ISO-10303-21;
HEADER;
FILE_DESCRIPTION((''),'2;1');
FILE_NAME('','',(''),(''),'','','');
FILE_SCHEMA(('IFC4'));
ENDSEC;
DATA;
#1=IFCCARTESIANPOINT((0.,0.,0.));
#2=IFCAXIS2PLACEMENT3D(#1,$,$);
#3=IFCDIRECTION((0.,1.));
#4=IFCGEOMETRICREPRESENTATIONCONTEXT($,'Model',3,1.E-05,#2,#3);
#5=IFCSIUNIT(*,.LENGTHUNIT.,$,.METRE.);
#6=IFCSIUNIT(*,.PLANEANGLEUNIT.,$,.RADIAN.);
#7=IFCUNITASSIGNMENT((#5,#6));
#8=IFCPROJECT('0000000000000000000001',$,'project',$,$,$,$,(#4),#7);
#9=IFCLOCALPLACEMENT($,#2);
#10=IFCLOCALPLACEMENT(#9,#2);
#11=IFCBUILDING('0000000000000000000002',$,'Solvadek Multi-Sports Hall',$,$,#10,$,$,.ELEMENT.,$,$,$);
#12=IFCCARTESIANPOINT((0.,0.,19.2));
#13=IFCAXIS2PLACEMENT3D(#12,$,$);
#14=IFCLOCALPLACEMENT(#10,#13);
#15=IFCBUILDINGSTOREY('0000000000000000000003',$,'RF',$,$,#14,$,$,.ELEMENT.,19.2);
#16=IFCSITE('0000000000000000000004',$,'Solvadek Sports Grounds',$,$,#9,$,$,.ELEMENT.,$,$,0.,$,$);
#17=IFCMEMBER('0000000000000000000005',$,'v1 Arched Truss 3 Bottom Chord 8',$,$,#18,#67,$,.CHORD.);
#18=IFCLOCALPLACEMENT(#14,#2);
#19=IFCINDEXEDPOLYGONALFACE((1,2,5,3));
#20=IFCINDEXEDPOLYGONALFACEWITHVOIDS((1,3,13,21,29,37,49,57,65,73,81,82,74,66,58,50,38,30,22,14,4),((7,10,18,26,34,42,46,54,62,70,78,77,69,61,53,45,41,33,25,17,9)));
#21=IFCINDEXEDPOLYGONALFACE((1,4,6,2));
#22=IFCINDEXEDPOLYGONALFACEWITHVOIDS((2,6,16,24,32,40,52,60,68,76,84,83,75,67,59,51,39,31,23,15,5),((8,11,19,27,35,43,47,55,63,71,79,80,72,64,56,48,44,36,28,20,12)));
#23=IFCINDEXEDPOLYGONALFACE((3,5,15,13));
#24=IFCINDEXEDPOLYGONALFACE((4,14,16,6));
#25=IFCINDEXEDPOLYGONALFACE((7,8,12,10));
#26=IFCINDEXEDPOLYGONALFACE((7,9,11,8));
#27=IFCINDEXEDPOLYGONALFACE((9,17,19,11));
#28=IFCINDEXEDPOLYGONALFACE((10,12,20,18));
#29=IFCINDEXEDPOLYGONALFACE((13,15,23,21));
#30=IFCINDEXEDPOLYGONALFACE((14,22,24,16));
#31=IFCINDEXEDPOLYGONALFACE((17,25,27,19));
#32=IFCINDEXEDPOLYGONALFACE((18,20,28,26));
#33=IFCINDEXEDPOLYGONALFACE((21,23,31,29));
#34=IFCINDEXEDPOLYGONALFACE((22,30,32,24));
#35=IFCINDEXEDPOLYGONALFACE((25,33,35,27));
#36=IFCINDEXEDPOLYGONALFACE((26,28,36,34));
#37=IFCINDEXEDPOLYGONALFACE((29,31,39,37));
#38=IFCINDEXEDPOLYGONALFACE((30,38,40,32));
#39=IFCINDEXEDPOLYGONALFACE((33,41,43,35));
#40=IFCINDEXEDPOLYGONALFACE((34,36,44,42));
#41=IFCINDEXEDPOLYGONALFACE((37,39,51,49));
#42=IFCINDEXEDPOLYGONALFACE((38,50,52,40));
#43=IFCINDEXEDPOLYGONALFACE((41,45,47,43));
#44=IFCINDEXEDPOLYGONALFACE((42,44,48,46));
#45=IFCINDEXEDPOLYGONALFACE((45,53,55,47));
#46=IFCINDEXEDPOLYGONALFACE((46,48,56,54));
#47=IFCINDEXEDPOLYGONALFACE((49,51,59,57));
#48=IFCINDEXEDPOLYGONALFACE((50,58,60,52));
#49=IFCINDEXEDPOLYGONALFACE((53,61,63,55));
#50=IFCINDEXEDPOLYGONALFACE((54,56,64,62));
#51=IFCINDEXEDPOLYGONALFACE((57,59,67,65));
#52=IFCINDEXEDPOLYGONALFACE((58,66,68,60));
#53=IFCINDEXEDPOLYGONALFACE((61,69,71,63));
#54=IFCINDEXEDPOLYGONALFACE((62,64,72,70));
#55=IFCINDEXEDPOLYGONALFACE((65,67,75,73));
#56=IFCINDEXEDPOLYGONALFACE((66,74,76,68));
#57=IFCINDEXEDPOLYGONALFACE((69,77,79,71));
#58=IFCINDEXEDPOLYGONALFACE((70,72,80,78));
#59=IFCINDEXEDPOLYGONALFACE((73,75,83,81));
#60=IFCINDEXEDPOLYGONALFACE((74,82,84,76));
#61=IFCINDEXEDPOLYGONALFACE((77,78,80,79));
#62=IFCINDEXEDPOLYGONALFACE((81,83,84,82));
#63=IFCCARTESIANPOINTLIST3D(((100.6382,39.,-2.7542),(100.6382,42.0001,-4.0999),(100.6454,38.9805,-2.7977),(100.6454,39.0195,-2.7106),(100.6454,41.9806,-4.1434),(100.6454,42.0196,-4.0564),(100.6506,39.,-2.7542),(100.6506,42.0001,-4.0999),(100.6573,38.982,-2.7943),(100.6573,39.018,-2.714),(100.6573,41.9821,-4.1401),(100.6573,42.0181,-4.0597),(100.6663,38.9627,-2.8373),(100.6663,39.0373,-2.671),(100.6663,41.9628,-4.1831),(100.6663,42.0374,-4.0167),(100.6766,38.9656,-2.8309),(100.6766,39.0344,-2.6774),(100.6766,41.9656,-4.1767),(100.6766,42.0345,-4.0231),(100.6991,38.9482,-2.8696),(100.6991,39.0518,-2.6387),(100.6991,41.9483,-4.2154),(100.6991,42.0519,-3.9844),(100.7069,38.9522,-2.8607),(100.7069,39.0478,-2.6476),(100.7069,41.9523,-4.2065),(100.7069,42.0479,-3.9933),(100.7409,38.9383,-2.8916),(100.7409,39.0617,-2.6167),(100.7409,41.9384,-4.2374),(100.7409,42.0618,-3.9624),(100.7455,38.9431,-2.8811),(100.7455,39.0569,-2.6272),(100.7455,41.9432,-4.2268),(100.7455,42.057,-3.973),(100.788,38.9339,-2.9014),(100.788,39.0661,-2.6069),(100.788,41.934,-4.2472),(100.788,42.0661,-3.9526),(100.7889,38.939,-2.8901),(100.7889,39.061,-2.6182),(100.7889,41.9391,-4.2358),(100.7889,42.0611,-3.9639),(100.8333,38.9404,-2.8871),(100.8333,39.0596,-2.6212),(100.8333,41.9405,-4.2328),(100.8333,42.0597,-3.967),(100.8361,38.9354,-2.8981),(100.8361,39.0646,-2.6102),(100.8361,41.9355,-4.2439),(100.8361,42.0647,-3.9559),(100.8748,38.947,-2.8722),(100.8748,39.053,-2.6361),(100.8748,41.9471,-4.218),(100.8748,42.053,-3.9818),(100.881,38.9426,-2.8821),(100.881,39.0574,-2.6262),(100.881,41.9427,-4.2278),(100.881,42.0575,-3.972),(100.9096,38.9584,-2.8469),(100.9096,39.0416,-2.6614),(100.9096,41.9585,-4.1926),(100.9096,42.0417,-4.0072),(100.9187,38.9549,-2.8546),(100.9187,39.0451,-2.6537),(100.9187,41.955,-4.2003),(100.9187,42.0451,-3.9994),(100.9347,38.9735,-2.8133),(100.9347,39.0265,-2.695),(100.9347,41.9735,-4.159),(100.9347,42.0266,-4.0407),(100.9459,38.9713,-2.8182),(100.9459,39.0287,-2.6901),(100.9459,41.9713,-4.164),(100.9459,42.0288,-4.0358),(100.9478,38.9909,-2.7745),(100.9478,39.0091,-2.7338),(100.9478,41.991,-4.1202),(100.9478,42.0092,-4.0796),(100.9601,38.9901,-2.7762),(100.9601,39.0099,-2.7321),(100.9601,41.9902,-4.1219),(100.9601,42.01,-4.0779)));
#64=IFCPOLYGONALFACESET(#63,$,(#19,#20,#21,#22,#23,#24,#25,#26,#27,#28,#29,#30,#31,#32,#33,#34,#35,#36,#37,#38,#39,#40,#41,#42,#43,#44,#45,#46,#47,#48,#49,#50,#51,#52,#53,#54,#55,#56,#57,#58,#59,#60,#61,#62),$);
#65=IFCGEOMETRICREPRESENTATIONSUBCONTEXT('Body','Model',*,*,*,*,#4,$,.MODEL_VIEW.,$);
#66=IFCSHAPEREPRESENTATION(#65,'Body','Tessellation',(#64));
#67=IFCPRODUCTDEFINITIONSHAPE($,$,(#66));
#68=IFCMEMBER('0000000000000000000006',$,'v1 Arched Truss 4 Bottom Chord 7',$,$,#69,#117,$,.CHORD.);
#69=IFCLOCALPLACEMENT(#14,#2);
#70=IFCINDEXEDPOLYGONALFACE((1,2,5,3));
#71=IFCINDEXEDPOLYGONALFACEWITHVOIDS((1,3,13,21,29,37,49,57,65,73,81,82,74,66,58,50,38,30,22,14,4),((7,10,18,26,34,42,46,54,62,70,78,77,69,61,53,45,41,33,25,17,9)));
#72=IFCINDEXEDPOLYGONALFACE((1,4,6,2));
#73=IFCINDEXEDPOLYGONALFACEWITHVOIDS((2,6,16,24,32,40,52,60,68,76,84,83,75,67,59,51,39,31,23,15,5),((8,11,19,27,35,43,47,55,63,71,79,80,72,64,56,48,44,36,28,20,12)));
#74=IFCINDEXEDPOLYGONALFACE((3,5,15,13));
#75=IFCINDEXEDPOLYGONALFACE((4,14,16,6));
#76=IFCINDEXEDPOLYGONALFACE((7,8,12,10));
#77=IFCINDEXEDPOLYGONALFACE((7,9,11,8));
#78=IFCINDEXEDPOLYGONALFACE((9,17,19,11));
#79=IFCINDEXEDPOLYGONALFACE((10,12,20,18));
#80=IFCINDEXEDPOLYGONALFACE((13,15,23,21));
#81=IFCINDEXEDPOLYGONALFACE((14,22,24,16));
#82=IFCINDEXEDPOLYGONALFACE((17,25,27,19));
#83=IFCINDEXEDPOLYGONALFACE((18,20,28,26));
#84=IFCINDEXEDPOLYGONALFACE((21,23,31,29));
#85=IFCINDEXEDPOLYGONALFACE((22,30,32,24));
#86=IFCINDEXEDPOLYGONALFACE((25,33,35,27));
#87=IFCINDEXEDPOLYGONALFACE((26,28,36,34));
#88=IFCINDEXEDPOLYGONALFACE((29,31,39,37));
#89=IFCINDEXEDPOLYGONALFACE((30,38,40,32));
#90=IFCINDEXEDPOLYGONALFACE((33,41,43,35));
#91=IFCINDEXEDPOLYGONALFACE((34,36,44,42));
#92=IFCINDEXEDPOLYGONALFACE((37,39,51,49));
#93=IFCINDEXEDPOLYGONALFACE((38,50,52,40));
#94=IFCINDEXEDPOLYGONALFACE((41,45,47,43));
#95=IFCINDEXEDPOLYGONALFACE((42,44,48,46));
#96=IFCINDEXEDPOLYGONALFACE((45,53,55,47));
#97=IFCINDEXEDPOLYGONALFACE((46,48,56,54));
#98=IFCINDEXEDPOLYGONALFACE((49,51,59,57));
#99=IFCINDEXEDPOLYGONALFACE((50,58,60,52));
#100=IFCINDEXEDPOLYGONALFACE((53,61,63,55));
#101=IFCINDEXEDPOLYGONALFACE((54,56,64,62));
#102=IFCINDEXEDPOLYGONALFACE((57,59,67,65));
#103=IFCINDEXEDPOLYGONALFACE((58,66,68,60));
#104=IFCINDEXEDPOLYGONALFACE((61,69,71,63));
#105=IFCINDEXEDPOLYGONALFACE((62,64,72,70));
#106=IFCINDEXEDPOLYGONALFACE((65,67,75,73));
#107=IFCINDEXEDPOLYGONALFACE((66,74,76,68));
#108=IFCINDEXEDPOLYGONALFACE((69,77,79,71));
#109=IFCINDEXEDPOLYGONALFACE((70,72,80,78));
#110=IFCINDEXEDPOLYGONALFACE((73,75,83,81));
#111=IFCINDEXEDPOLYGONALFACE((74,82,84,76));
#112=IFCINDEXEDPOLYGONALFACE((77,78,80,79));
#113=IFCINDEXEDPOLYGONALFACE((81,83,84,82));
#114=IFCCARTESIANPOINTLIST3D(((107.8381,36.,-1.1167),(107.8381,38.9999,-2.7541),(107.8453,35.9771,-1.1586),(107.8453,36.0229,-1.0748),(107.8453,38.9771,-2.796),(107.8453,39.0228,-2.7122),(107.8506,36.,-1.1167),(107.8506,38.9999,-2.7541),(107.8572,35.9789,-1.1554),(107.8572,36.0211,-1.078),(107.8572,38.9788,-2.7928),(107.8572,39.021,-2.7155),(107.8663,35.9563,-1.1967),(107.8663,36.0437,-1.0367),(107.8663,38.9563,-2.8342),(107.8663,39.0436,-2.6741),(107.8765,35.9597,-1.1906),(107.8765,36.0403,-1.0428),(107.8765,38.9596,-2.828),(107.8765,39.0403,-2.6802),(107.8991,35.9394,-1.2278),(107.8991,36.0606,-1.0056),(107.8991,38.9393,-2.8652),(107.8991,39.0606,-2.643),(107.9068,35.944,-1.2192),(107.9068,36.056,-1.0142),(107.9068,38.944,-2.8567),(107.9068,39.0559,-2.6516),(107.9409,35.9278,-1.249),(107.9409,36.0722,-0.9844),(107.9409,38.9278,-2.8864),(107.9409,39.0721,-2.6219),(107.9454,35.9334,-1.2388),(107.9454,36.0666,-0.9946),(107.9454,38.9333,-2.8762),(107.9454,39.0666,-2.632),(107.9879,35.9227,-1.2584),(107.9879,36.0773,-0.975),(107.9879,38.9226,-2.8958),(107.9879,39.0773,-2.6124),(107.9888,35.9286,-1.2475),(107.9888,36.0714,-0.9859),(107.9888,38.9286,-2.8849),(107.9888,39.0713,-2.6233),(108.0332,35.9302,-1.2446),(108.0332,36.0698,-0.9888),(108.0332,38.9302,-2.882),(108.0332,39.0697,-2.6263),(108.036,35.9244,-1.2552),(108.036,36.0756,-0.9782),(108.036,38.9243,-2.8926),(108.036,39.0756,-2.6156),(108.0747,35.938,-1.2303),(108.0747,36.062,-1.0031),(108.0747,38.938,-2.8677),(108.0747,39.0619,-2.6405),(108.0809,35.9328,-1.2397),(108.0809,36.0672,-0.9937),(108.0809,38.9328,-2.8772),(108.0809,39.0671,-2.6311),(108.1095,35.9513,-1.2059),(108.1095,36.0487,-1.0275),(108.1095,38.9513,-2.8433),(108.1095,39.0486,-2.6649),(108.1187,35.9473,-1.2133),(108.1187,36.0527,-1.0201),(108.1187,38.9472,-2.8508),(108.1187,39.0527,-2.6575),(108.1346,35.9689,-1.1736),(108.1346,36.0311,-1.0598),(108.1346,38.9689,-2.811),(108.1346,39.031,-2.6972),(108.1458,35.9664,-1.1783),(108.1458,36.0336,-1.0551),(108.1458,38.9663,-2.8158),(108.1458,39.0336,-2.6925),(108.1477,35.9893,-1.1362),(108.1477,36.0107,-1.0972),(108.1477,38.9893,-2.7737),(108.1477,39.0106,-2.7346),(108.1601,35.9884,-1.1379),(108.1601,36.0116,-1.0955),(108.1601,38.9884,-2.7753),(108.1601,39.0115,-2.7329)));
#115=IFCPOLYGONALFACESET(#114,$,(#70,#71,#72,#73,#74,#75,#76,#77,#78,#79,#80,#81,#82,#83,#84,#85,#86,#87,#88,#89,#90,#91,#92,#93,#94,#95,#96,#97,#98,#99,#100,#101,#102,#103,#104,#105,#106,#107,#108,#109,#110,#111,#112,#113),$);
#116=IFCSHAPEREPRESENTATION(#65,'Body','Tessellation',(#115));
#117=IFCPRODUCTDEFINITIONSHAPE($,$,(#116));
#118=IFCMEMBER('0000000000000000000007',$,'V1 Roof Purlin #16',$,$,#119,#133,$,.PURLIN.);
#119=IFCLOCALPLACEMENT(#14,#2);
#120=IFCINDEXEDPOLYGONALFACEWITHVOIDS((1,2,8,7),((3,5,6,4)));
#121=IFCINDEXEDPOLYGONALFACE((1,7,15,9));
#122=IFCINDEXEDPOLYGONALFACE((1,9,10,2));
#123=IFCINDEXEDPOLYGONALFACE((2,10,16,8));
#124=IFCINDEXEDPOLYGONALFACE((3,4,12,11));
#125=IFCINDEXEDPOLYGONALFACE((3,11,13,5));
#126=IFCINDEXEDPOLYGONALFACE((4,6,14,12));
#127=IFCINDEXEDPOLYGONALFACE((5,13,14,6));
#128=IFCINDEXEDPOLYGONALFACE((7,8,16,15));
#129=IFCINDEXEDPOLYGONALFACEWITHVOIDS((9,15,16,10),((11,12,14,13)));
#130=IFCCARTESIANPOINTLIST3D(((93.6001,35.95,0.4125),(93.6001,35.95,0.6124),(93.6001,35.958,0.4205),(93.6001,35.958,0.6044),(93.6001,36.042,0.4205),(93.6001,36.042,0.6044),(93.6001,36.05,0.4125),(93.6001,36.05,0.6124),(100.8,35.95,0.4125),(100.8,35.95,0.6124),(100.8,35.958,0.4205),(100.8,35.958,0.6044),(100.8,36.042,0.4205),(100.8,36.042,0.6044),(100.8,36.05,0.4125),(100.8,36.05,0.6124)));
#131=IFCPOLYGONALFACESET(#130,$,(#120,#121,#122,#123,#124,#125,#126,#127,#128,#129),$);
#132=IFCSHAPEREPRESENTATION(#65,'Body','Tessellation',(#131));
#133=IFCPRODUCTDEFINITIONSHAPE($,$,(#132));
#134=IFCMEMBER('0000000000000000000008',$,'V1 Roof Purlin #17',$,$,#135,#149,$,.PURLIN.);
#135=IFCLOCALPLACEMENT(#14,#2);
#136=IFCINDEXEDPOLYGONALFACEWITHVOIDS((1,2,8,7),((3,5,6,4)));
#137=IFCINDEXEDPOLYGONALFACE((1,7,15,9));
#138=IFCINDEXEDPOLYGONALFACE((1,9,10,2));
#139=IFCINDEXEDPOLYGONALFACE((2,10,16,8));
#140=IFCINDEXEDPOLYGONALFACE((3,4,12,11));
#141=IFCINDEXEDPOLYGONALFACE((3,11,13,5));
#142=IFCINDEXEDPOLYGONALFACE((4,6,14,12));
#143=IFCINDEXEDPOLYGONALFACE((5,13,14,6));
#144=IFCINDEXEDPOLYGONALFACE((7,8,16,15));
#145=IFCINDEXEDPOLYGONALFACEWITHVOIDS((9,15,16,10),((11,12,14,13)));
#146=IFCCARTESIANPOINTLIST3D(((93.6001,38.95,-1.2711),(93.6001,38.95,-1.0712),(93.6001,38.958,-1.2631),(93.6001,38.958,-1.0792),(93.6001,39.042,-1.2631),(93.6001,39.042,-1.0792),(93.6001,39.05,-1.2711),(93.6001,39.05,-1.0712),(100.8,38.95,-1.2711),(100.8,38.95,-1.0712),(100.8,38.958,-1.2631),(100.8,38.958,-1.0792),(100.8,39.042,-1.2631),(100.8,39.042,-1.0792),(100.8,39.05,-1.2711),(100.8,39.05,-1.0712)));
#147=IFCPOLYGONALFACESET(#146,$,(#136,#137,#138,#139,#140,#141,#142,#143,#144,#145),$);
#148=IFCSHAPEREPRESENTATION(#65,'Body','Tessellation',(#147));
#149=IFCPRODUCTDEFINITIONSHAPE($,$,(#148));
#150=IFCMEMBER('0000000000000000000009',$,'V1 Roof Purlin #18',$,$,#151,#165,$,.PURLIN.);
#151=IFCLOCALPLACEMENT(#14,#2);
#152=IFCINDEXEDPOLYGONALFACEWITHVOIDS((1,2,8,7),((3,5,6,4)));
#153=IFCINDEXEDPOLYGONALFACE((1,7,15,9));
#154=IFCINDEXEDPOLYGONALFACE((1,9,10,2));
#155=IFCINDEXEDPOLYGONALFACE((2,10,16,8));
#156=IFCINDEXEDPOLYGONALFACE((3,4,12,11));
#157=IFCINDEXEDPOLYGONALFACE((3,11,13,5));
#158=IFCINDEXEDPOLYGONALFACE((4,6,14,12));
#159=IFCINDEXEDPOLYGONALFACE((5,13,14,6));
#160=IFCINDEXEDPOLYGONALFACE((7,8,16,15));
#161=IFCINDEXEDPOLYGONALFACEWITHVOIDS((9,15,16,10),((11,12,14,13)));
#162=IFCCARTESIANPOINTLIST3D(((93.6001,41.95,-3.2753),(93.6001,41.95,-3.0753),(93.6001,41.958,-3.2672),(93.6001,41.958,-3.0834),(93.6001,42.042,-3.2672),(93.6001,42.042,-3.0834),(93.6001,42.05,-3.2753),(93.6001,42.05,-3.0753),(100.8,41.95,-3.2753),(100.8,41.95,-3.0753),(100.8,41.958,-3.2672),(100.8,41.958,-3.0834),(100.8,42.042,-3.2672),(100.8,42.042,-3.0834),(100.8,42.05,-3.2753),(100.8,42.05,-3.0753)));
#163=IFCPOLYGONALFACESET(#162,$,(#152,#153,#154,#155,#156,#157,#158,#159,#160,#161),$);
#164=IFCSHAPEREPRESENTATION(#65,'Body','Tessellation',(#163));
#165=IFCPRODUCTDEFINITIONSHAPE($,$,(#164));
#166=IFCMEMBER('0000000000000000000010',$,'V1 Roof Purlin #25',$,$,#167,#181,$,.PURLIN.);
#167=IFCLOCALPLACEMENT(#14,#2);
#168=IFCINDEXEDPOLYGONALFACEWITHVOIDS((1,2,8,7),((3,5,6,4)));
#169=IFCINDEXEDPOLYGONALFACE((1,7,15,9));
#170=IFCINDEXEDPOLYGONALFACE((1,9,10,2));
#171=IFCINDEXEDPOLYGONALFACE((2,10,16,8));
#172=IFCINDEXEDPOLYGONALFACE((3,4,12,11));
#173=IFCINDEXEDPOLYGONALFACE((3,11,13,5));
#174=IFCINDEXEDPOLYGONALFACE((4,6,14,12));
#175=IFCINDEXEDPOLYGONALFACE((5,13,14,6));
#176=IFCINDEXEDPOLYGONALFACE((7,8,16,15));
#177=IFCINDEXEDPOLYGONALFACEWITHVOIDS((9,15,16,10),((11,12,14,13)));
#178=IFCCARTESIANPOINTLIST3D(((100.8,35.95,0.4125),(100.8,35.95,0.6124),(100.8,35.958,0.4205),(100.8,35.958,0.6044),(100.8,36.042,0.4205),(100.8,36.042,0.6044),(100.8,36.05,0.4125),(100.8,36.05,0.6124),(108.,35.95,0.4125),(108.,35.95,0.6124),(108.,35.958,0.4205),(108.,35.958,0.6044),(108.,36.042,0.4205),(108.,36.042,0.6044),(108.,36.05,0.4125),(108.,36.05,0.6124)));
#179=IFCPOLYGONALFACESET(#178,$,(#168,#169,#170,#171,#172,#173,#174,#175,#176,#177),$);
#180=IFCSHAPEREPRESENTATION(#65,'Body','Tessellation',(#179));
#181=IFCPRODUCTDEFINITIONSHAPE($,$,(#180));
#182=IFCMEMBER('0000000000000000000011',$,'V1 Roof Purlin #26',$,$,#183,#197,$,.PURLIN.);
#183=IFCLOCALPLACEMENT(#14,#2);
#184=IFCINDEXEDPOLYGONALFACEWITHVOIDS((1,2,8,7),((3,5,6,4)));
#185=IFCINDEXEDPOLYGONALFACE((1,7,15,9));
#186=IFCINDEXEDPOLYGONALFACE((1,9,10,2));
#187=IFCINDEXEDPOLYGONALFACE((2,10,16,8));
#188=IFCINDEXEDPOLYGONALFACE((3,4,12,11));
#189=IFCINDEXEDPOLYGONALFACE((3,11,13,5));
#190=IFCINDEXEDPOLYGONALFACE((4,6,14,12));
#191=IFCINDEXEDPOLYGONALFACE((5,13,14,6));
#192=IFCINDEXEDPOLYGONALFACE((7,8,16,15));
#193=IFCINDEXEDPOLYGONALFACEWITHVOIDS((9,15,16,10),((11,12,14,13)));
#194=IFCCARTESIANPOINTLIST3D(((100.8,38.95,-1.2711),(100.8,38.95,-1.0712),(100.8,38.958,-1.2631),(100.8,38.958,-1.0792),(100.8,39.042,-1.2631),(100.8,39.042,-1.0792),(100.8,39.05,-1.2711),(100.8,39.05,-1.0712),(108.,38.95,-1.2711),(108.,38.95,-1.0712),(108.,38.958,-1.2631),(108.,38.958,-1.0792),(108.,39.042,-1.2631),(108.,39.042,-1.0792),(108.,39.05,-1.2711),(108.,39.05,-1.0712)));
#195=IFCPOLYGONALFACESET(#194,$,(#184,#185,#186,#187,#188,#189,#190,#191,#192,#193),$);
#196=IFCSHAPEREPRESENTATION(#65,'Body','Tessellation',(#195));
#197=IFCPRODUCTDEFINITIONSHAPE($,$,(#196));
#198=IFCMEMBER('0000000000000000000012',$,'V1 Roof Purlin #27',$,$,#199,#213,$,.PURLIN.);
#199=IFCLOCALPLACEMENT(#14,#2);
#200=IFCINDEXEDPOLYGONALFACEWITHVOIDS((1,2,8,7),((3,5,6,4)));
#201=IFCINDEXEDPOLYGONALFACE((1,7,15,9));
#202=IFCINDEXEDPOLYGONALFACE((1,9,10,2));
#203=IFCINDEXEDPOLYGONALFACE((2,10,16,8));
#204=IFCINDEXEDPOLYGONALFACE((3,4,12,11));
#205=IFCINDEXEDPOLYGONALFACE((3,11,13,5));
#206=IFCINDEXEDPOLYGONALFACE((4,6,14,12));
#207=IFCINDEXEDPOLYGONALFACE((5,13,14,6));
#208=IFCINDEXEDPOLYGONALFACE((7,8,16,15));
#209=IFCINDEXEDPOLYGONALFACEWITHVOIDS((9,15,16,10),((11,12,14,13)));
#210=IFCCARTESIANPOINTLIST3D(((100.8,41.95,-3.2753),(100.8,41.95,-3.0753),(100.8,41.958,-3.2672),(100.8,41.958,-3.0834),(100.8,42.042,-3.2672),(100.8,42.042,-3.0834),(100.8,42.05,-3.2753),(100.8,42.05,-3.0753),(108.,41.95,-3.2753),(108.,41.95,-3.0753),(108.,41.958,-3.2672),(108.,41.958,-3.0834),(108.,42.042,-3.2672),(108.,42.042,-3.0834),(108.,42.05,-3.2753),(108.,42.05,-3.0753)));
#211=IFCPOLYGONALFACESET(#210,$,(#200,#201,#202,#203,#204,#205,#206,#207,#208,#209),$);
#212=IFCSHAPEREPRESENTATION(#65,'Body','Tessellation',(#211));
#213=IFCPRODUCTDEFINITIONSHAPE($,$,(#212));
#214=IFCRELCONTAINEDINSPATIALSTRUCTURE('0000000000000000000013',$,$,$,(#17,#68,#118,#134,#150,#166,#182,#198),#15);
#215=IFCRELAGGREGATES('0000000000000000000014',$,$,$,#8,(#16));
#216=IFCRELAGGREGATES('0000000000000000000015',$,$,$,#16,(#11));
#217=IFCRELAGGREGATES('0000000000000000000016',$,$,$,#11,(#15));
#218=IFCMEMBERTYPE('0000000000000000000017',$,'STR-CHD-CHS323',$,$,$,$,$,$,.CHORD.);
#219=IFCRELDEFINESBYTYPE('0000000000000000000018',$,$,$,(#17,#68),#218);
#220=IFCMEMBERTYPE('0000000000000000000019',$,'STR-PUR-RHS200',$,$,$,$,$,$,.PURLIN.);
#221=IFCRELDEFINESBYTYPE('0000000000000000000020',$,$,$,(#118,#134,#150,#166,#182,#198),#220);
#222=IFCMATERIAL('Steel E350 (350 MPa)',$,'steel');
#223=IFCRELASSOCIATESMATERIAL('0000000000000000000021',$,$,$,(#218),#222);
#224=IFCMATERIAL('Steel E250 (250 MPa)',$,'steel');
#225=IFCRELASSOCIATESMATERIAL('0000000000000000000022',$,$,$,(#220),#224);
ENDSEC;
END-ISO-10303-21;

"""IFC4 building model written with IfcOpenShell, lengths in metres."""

from ifc_helpers import new_model, si_unit, direction, frame, origin, origin_2d, place, context, subcontext, project, spatial, hollow_rectangle, hollow_circle, extrude, material, material_profile, profile_set, type_object, element, save


model = new_model("IFC4")

# Units and contexts
model_context = context("Model", 3, precision=1e-05, world=origin(), true_north=direction((0.0, 1.0)))
body_context = subcontext(model_context, "Body", "Model", "MODEL_VIEW")
ifc_project = project(units=[si_unit("LENGTHUNIT", "METRE"), si_unit("PLANEANGLEUNIT", "RADIAN")], contexts=[model_context])

# Site, building, storey
site_placement = place(None, origin())
site = spatial("IfcSite", under=ifc_project, at=site_placement, Name="Solvadek Sports Grounds", CompositionType="ELEMENT", RefElevation=0.0)
building_placement = place(site_placement, origin())
building = spatial("IfcBuilding", under=site, at=building_placement, Name="Solvadek Multi-Sports Hall", CompositionType="ELEMENT")
storey_placement = place(building_placement, frame((0.0, 0.0, 19.2)))
storey = spatial("IfcBuildingStorey", under=building, at=storey_placement, Name="RF", CompositionType="ELEMENT", Elevation=19.2)

# Shared definitions
ifc_material_1 = material(Name="Steel E350 (350 MPa)", Category="steel")

# Members
ifc_material_profile_1 = material_profile(ifc_material_1, hollow_circle(Radius=0.1619, WallThickness=0.0125, at=origin_2d()), Name="CHS 323.9x12.5")
ifc_profile_set_1 = profile_set([ifc_material_profile_1], Name="Steel E350 (350 MPa)")
member_type_1 = type_object("IfcMemberType", Name="STR-CHD-CHS323", PredefinedType="CHORD", material=ifc_profile_set_1)
member_1_placement = place(storey_placement, frame((100.8, 39.0, -2.7542), z_axis=(0.0, 0.91241, -0.409278), x_axis=(-1.0, 0.0, 0.0)))
element("IfcMember", 1, at=member_1_placement, inside=storey, type_object=member_type_1, Name="v1 Arched Truss 3 Bottom Chord 8", PredefinedType="CHORD", context=body_context, shape_type="SweptSolid", body=[
    extrude(hollow_circle(Radius=0.1619, WallThickness=0.0125, at=origin_2d()), origin(), (0.0, 0.0, 1.0), 3.2881),
])
member_2_placement = place(storey_placement, frame((108.0, 36.0, -1.1167), z_axis=(0.0, 0.877762, -0.479097), x_axis=(-1.0, 0.0, 0.0)))
element("IfcMember", 2, at=member_2_placement, inside=storey, type_object=member_type_1, Name="v1 Arched Truss 4 Bottom Chord 7", PredefinedType="CHORD", context=body_context, shape_type="SweptSolid", body=[
    extrude(hollow_circle(Radius=0.1619, WallThickness=0.0125, at=origin_2d()), origin(), (0.0, 0.0, 1.0), 3.4177),
])
ifc_material_2 = material(Name="Steel E250 (250 MPa)", Category="steel")
ifc_material_profile_2 = material_profile(ifc_material_2, hollow_rectangle(XDim=0.1001, YDim=0.2, WallThickness=0.0081, at=origin_2d()), Name="RHS 200x100x8")
ifc_profile_set_2 = profile_set([ifc_material_profile_2], Name="Steel E250 (250 MPa)")
member_type_2 = type_object("IfcMemberType", Name="STR-PUR-RHS200", PredefinedType="PURLIN", material=ifc_profile_set_2)
for number, where, z_axis, x_axis, name in (
    (3, (93.6001, 36.0, 0.5125), (1.0, 0.0, 0.0), (0.0, 1.0, 0.0), "V1 Roof Purlin #16"),
    (4, (93.6001, 39.0, -1.1711), (1.0, 0.0, 0.0), (0.0, 1.0, 0.0), "V1 Roof Purlin #17"),
    (5, (93.6001, 42.0, -3.1753), (1.0, 0.0, 0.0), (0.0, 1.0, 0.0), "V1 Roof Purlin #18"),
    (6, (100.8, 36.0, 0.5125), (1.0, 0.0, 0.0), (0.0, 1.0, 0.0), "V1 Roof Purlin #25"),
    (7, (100.8, 39.0, -1.1711), (1.0, 0.0, 0.0), (0.0, 1.0, 0.0), "V1 Roof Purlin #26"),
    (8, (100.8, 42.0, -3.1753), (1.0, 0.0, 0.0), (0.0, 1.0, 0.0), "V1 Roof Purlin #27"),
):
    element("IfcMember", number, at=place(storey_placement, frame(where, z_axis=z_axis, x_axis=x_axis)), inside=storey, type_object=member_type_2, Name=name, PredefinedType="PURLIN", context=body_context, shape_type="SweptSolid", body=[
        extrude(hollow_rectangle(XDim=0.1001, YDim=0.2, WallThickness=0.0081, at=origin_2d()), origin(), (0.0, 0.0, 1.0), 7.2),
    ])

save(model, "model.ifc")
